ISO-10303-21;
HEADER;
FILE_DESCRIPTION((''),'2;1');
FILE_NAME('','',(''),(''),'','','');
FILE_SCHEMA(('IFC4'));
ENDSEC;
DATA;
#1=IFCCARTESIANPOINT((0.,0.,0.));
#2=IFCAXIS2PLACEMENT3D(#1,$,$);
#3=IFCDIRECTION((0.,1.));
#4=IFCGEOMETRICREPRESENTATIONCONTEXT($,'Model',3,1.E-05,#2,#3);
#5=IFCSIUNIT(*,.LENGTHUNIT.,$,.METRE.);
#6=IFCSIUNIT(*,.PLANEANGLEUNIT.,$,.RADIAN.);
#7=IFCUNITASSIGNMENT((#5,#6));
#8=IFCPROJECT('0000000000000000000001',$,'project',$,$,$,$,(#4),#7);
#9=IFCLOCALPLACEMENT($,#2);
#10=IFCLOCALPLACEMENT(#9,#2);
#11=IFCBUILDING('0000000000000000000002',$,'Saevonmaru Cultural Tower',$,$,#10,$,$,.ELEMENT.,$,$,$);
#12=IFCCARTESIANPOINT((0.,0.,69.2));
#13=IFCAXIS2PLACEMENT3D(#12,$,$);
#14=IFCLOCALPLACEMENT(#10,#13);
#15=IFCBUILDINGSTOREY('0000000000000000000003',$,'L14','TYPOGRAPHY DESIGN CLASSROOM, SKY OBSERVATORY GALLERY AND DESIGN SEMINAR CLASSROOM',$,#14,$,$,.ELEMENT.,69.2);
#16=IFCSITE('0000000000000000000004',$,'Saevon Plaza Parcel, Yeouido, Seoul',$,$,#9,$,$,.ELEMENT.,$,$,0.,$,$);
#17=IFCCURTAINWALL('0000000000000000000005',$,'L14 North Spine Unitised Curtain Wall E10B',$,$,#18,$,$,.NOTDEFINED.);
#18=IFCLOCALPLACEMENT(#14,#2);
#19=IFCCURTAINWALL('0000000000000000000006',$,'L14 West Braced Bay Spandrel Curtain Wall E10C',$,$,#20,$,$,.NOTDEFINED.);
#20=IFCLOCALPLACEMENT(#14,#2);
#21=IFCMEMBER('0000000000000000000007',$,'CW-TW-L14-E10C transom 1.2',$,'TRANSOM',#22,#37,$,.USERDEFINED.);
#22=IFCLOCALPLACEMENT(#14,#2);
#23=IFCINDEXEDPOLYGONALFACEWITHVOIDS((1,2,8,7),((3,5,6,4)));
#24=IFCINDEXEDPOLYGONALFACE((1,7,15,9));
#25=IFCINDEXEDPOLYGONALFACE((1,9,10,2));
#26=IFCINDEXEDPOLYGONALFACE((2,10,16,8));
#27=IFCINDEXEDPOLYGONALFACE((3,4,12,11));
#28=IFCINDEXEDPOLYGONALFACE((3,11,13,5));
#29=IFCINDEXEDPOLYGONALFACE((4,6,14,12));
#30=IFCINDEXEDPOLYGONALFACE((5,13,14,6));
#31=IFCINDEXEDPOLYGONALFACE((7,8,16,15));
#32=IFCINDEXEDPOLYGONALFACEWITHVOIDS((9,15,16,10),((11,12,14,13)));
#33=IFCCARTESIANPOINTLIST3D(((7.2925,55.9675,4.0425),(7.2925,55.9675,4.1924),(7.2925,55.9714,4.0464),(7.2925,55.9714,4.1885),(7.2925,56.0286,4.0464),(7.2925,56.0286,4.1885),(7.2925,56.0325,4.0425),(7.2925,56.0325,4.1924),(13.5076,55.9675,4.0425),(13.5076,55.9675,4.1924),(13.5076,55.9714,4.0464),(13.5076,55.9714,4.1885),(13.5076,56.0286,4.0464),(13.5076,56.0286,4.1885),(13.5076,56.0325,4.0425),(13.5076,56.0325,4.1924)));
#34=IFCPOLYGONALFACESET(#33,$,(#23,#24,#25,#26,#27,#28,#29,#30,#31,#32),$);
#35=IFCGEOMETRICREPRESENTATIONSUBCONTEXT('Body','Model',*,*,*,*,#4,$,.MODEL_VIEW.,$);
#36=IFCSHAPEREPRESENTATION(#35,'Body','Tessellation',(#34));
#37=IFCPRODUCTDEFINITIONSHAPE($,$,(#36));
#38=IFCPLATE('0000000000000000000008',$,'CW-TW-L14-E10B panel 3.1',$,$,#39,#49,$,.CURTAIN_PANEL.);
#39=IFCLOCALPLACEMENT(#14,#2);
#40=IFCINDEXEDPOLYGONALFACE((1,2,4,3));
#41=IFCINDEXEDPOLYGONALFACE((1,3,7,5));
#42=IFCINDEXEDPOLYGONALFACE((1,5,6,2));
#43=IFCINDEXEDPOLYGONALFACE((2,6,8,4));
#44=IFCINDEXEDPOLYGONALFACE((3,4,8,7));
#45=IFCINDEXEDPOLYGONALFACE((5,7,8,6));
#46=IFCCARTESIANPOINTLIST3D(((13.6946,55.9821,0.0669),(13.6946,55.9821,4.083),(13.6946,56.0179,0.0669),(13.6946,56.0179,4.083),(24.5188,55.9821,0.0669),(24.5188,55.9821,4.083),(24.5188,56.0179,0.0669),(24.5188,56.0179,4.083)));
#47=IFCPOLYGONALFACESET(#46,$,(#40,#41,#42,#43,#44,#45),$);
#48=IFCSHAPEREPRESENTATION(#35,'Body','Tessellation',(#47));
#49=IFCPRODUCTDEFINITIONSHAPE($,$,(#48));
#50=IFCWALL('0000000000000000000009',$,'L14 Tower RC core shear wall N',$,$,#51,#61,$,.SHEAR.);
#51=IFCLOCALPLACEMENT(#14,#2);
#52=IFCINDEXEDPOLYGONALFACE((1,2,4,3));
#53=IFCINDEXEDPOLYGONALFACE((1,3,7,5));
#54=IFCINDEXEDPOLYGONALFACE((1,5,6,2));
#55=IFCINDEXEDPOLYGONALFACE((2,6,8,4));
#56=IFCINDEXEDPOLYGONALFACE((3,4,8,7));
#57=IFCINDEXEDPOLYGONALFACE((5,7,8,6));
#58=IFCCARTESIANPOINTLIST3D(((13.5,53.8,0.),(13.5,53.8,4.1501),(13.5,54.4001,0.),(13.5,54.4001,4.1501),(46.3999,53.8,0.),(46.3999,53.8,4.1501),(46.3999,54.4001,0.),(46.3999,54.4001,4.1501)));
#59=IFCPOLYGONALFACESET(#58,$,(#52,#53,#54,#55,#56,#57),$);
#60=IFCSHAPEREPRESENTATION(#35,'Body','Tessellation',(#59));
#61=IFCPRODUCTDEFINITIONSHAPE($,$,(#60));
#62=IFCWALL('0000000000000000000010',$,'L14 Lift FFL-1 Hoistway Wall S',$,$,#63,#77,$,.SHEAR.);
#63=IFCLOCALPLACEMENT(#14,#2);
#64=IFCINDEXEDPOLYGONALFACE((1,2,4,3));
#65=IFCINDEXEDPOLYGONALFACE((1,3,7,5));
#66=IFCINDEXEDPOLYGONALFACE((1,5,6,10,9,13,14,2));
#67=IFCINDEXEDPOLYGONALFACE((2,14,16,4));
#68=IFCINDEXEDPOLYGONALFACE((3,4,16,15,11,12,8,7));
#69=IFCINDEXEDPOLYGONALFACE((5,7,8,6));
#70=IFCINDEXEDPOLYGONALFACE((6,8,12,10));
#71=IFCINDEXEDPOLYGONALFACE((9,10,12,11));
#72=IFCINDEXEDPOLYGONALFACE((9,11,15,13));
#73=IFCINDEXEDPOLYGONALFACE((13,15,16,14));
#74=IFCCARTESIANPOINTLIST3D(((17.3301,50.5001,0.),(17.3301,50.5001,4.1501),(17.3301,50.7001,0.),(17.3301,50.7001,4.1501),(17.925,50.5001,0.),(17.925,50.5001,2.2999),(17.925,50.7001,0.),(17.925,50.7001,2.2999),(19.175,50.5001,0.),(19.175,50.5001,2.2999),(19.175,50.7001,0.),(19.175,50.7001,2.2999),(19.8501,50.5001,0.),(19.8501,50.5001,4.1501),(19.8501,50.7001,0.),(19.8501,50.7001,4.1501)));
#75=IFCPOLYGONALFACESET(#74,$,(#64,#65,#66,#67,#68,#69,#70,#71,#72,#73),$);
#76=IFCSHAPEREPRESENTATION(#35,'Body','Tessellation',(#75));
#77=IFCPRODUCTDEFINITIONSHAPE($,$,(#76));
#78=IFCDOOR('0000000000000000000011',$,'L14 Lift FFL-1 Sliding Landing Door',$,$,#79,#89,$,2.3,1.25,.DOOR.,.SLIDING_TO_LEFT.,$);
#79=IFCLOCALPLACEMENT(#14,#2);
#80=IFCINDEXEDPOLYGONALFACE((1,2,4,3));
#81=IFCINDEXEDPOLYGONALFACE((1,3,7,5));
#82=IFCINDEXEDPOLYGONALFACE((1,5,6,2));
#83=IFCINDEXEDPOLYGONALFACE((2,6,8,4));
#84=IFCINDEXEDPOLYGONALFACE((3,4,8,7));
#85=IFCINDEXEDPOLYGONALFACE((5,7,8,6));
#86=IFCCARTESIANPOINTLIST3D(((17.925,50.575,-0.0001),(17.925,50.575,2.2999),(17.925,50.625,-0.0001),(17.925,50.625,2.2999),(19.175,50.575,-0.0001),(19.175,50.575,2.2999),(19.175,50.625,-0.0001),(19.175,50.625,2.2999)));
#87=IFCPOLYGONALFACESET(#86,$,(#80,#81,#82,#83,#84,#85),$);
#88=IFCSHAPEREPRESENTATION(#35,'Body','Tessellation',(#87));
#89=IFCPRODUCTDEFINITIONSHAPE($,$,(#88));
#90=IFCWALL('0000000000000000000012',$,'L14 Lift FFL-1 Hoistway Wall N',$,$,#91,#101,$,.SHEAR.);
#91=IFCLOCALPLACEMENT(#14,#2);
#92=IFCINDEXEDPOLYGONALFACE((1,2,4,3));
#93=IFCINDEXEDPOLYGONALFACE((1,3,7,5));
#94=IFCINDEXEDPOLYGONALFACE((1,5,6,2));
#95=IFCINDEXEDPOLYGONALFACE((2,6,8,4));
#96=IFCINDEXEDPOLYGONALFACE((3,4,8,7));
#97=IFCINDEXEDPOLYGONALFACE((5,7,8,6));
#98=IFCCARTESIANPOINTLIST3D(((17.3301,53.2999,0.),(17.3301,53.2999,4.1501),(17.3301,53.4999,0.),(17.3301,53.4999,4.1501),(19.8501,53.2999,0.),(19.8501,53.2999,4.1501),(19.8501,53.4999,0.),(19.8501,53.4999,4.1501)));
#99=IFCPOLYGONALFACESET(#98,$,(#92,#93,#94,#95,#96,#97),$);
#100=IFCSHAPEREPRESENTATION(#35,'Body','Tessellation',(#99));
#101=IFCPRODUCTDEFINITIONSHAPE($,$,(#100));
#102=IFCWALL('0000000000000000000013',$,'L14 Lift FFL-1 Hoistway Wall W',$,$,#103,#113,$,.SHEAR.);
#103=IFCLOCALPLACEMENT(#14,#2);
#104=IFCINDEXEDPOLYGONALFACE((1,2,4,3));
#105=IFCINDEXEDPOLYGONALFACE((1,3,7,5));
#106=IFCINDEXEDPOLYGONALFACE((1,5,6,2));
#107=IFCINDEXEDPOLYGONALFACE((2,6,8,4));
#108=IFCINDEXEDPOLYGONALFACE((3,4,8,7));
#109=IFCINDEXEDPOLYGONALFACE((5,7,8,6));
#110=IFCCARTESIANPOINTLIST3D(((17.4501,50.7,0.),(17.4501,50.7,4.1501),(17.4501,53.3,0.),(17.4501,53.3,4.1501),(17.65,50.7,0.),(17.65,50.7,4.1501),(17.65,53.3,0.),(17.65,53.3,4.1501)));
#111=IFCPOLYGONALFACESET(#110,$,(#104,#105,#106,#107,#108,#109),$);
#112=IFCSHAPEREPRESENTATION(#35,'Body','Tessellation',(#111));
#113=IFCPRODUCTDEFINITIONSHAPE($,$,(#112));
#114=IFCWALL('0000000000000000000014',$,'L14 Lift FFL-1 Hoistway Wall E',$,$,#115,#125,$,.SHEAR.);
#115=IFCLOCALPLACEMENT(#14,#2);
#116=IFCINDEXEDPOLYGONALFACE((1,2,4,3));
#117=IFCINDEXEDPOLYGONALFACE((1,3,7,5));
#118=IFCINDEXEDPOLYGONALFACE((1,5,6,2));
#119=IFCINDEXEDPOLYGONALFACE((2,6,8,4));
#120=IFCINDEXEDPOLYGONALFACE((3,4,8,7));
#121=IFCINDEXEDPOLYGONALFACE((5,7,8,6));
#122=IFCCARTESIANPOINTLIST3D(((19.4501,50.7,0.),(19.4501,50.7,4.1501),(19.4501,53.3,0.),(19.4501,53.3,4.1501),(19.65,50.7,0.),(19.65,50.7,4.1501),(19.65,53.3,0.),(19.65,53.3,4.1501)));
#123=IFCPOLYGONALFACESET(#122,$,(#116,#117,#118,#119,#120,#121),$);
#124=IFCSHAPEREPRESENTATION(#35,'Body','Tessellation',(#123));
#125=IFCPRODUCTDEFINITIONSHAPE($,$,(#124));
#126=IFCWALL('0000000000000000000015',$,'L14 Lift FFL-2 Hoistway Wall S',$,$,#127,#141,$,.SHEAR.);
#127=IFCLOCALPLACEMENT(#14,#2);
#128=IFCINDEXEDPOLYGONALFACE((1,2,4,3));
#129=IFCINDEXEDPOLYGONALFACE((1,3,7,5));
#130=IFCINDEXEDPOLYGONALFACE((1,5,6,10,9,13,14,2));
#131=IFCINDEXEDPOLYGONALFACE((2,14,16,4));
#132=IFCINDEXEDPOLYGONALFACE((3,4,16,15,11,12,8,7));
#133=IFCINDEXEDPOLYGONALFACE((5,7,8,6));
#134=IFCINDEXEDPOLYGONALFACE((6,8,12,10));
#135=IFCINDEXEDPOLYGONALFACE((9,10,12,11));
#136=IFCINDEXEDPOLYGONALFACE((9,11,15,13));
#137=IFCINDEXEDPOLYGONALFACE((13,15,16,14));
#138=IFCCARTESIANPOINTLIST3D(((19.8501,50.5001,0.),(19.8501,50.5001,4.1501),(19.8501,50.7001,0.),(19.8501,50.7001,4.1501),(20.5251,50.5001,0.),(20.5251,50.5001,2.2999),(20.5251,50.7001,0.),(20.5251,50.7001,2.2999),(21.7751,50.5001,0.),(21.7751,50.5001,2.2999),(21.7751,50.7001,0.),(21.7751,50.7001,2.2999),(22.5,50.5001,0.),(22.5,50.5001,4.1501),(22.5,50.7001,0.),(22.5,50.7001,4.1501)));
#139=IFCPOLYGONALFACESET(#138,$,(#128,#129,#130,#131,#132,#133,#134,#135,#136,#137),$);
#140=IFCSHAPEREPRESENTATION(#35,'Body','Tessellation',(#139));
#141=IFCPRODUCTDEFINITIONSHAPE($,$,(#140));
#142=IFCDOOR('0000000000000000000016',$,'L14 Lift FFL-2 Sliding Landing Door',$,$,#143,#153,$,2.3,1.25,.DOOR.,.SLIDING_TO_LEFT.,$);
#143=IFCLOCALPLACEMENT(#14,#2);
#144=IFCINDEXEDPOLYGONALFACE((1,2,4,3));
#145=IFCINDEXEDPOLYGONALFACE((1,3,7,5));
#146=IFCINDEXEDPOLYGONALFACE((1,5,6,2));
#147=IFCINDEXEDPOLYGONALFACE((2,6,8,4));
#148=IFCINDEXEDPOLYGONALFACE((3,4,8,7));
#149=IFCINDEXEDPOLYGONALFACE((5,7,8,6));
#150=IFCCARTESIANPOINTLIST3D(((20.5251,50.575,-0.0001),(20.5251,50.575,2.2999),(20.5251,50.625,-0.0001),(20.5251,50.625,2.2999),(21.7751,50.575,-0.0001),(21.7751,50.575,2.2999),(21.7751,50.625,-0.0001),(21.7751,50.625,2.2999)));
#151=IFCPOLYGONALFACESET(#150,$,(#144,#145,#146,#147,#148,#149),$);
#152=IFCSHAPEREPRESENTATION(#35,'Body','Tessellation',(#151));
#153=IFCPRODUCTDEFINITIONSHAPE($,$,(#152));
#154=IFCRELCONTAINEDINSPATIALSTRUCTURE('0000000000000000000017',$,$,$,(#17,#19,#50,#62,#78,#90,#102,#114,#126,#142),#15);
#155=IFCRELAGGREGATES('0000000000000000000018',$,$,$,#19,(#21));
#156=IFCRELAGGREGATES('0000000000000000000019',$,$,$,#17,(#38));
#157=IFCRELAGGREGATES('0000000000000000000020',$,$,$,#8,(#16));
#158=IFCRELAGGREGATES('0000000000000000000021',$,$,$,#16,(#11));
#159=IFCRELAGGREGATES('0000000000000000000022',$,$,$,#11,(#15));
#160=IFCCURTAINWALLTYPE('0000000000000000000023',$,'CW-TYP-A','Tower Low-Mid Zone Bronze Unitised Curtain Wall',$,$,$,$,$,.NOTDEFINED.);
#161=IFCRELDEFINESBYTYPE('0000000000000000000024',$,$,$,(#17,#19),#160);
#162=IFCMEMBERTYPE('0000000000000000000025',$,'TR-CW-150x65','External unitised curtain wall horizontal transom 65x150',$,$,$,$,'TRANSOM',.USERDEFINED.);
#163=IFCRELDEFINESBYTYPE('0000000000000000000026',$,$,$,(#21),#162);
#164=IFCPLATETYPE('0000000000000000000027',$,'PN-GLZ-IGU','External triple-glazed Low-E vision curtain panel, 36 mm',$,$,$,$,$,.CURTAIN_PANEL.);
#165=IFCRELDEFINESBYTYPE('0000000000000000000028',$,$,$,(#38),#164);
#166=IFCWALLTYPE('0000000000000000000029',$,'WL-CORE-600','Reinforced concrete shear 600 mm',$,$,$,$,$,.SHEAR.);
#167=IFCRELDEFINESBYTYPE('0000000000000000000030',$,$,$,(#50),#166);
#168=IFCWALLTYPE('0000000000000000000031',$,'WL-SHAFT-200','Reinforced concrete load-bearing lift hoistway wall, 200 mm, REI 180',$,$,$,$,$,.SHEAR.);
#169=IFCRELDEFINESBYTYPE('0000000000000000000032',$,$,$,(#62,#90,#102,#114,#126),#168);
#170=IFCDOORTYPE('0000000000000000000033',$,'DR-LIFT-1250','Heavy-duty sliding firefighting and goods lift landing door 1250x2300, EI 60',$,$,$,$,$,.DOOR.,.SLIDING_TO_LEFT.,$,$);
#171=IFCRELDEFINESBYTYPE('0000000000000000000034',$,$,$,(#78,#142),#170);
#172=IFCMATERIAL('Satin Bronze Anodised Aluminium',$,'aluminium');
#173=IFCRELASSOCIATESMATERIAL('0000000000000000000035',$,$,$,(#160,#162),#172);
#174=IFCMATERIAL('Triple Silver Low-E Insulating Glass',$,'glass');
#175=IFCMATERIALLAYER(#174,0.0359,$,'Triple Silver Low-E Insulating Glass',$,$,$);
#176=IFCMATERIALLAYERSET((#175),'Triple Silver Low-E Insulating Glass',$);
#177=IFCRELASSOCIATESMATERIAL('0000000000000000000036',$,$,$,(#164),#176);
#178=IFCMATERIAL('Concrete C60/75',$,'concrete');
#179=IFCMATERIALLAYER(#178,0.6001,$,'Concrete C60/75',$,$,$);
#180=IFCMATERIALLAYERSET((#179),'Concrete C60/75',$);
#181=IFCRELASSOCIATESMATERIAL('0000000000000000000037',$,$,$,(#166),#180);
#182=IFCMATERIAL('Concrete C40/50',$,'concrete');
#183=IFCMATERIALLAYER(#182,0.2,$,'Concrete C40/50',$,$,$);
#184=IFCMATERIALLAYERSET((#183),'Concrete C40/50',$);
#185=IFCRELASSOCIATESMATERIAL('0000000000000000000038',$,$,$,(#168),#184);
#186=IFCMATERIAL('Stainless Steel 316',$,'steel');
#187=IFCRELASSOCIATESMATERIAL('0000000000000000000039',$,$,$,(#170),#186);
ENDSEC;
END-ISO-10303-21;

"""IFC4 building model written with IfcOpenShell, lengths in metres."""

from ifc_helpers import new_model, si_unit, direction, frame, frame_2d, origin, origin_2d, place, context, subcontext, project, spatial, rectangle, hollow_rectangle, extrude, material, layer, layer_set, material_profile, profile_set, type_object, element, fill, aggregate, save


model = new_model("IFC4")

# Units and contexts
model_context = context("Model", 3, precision=1e-05, world=origin(), true_north=direction((0.0, 1.0)))
body_context = subcontext(model_context, "Body", "Model", "MODEL_VIEW")
ifc_project = project(units=[si_unit("LENGTHUNIT", "METRE"), si_unit("PLANEANGLEUNIT", "RADIAN")], contexts=[model_context])

# Site, building, storey
site_placement = place(None, origin())
site = spatial("IfcSite", under=ifc_project, at=site_placement, Name="Saevon Plaza Parcel, Yeouido, Seoul", CompositionType="ELEMENT", RefElevation=0.0)
building_placement = place(site_placement, origin())
building = spatial("IfcBuilding", under=site, at=building_placement, Name="Saevonmaru Cultural Tower", CompositionType="ELEMENT")
storey_placement = place(building_placement, frame((0.0, 0.0, 69.2)))
storey = spatial("IfcBuildingStorey", under=building, at=storey_placement, Name="L14", Description="TYPOGRAPHY DESIGN CLASSROOM, SKY OBSERVATORY GALLERY AND DESIGN SEMINAR CLASSROOM", CompositionType="ELEMENT", Elevation=69.2)

# Curtain wall
ifc_material_1 = material(Name="Satin Bronze Anodised Aluminium", Category="aluminium")
curtain_wall_type = type_object("IfcCurtainWallType", Name="CW-TYP-A", Description="Tower Low-Mid Zone Bronze Unitised Curtain Wall", PredefinedType="NOTDEFINED", material=ifc_material_1)
curtain_wall_1_placement = place(storey_placement, origin())
curtain_wall_1 = element("IfcCurtainWall", 1, at=curtain_wall_1_placement, inside=storey, type_object=curtain_wall_type, Name="L14 North Spine Unitised Curtain Wall E10B", PredefinedType="NOTDEFINED")

# Curtain wall, member
curtain_wall_2_placement = place(storey_placement, origin())
curtain_wall_2 = element("IfcCurtainWall", 2, at=curtain_wall_2_placement, inside=storey, type_object=curtain_wall_type, Name="L14 West Braced Bay Spandrel Curtain Wall E10C", PredefinedType="NOTDEFINED")
ifc_material_profile_1 = material_profile(ifc_material_1, hollow_rectangle(XDim=0.0649, YDim=0.1499, WallThickness=0.0039, at=origin_2d()), Name="ALU-TRAN-150x65x4")
ifc_profile_set_1 = profile_set([ifc_material_profile_1], Name="Satin Bronze Anodised Aluminium")
member_type_1 = type_object("IfcMemberType", Name="TR-CW-150x65", Description="External unitised curtain wall horizontal transom 65x150", ElementType="TRANSOM", PredefinedType="USERDEFINED", material=ifc_profile_set_1)
member_1_placement = place(storey_placement, frame((13.5076, 56.0, 4.1174), z_axis=(-1.0, 0.0, 0.0), x_axis=(0.0, -1.0, 0.0)))
member_1 = element("IfcMember", 3, at=member_1_placement, type_object=member_type_1, Name="CW-TW-L14-E10C transom 1.2", ObjectType="TRANSOM", PredefinedType="USERDEFINED", context=body_context, shape_type="SweptSolid", body=[
    extrude(hollow_rectangle(XDim=0.0649, YDim=0.1499, WallThickness=0.0039, at=origin_2d()), origin(), (0.0, 0.0, 1.0), 6.2151),
])
aggregate(curtain_wall_2, [member_1])

# Plate
ifc_material_2 = material(Name="Triple Silver Low-E Insulating Glass", Category="glass")
ifc_layer_1 = layer(ifc_material_2, 0.0359, Name="Triple Silver Low-E Insulating Glass")
ifc_layer_set_1 = layer_set([ifc_layer_1], Name="Triple Silver Low-E Insulating Glass")
plate_type = type_object("IfcPlateType", Name="PN-GLZ-IGU", Description="External triple-glazed Low-E vision curtain panel, 36 mm", PredefinedType="CURTAIN_PANEL", material=ifc_layer_set_1)
plate_placement = place(storey_placement, frame((19.1067, 56.0, 0.0669), z_axis=(0.0, 0.0, 1.0), x_axis=(-1.0, 0.0, 0.0)))
plate = element("IfcPlate", 4, at=plate_placement, type_object=plate_type, Name="CW-TW-L14-E10B panel 3.1", PredefinedType="CURTAIN_PANEL", context=body_context, shape_type="SweptSolid", body=[
    extrude(rectangle(XDim=10.8242, YDim=0.0359, at=origin_2d()), origin(), (0.0, 0.0, 1.0), 4.0161),
])
aggregate(curtain_wall_1, [plate])

# Wall
ifc_material_3 = material(Name="Concrete C60/75", Category="concrete")
ifc_layer_2 = layer(ifc_material_3, 0.6001, Name="Concrete C60/75")
ifc_layer_set_2 = layer_set([ifc_layer_2], Name="Concrete C60/75")
wall_type_1 = type_object("IfcWallType", Name="WL-CORE-600", Description="Reinforced concrete shear 600 mm", PredefinedType="SHEAR", material=ifc_layer_set_2)
wall_1_placement = place(storey_placement, frame((13.5, 54.1001, 0.0), z_axis=(0.0, 0.0, 1.0), x_axis=(1.0, 0.0, 0.0)))
element("IfcWall", 5, at=wall_1_placement, inside=storey, type_object=wall_type_1, Name="L14 Tower RC core shear wall N", PredefinedType="SHEAR", context=body_context, shape_type="SweptSolid", body=[
    extrude(rectangle(XDim=32.8999, YDim=0.6001, at=frame_2d((16.45, 0.0))), origin(), (0.0, 0.0, 1.0), 4.1501),
])

# Wall, opening, door
ifc_material_4 = material(Name="Concrete C40/50", Category="concrete")
ifc_layer_3 = layer(ifc_material_4, 0.2, Name="Concrete C40/50")
ifc_layer_set_3 = layer_set([ifc_layer_3], Name="Concrete C40/50")
wall_type_2 = type_object("IfcWallType", Name="WL-SHAFT-200", Description="Reinforced concrete load-bearing lift hoistway wall, 200 mm, REI 180", PredefinedType="SHEAR", material=ifc_layer_set_3)
wall_2_placement = place(storey_placement, frame((17.3301, 50.6001, 0.0), z_axis=(0.0, 0.0, 1.0), x_axis=(1.0, 0.0, 0.0)))
wall_2 = element("IfcWall", 6, at=wall_2_placement, inside=storey, type_object=wall_type_2, Name="L14 Lift FFL-1 Hoistway Wall S", PredefinedType="SHEAR", context=body_context, shape_type="SweptSolid", body=[
    extrude(rectangle(XDim=2.52, YDim=0.2, at=frame_2d((1.26, 0.0))), origin(), (0.0, 0.0, 1.0), 4.1501),
])
opening_1_placement = place(wall_2_placement, frame((0.595, 0.0, 0.0)))
opening_1 = element("IfcOpeningElement", 7, at=opening_1_placement, cuts=wall_2, PredefinedType="OPENING", context=body_context, shape_type="SweptSolid", body=[
    extrude(rectangle(XDim=1.25, YDim=2.3, at=frame_2d((0.625, 1.1499))), frame((0.0, 0.1099, 0.0), z_axis=(0.0, -1.0, 0.0), x_axis=(1.0, 0.0, 0.0)), (0.0, 0.0, 1.0), 0.22),
])
ifc_material_5 = material(Name="Stainless Steel 316", Category="steel")
door_type = type_object("IfcDoorType", Name="DR-LIFT-1250", Description="Heavy-duty sliding firefighting and goods lift landing door 1250x2300, EI 60", OperationType="SLIDING_TO_LEFT", PredefinedType="DOOR", material=ifc_material_5)
door_1_placement = place(opening_1_placement, origin())
door_1 = element("IfcDoor", 8, at=door_1_placement, inside=storey, type_object=door_type, Name="L14 Lift FFL-1 Sliding Landing Door", OperationType="SLIDING_TO_LEFT", OverallHeight=2.3, OverallWidth=1.25, PredefinedType="DOOR", context=body_context, shape_type="SweptSolid", body=[
    extrude(rectangle(XDim=1.25, YDim=2.3, at=frame_2d((0.625, 1.1499))), frame((0.0, 0.0249, 0.0), z_axis=(0.0, -1.0, 0.0), x_axis=(1.0, 0.0, 0.0)), (0.0, 0.0, 1.0), 0.05),
])
fill(opening_1, door_1)

# Walls
wall_3_placement = place(storey_placement, frame((17.3301, 53.3999, 0.0), z_axis=(0.0, 0.0, 1.0), x_axis=(1.0, 0.0, 0.0)))
element("IfcWall", 9, at=wall_3_placement, inside=storey, type_object=wall_type_2, Name="L14 Lift FFL-1 Hoistway Wall N", PredefinedType="SHEAR", context=body_context, shape_type="SweptSolid", body=[
    extrude(rectangle(XDim=2.52, YDim=0.2, at=frame_2d((1.26, 0.0))), origin(), (0.0, 0.0, 1.0), 4.1501),
])
for number, where, z_axis, x_axis, name in (
    (10, (17.55, 50.7, 0.0), (0.0, 0.0, 1.0), (0.0, 1.0, 0.0), "L14 Lift FFL-1 Hoistway Wall W"),
    (11, (19.55, 50.7, 0.0), (0.0, 0.0, 1.0), (0.0, 1.0, 0.0), "L14 Lift FFL-1 Hoistway Wall E"),
):
    element("IfcWall", number, at=place(storey_placement, frame(where, z_axis=z_axis, x_axis=x_axis)), inside=storey, type_object=wall_type_2, Name=name, PredefinedType="SHEAR", context=body_context, shape_type="SweptSolid", body=[
        extrude(rectangle(XDim=2.6001, YDim=0.2, at=frame_2d((1.3, 0.0))), origin(), (0.0, 0.0, 1.0), 4.1501),
    ])

# Wall, opening, door
wall_4_placement = place(storey_placement, frame((19.8501, 50.6001, 0.0), z_axis=(0.0, 0.0, 1.0), x_axis=(1.0, 0.0, 0.0)))
wall_4 = element("IfcWall", 12, at=wall_4_placement, inside=storey, type_object=wall_type_2, Name="L14 Lift FFL-2 Hoistway Wall S", PredefinedType="SHEAR", context=body_context, shape_type="SweptSolid", body=[
    extrude(rectangle(XDim=2.6499, YDim=0.2, at=frame_2d((1.325, 0.0))), origin(), (0.0, 0.0, 1.0), 4.1501),
])
opening_2_placement = place(wall_4_placement, frame((0.675, 0.0, 0.0)))
opening_2 = element("IfcOpeningElement", 13, at=opening_2_placement, cuts=wall_4, PredefinedType="OPENING", context=body_context, shape_type="SweptSolid", body=[
    extrude(rectangle(XDim=1.25, YDim=2.3, at=frame_2d((0.625, 1.1499))), frame((0.0, 0.1099, 0.0), z_axis=(0.0, -1.0, 0.0), x_axis=(1.0, 0.0, 0.0)), (0.0, 0.0, 1.0), 0.22),
])
door_2_placement = place(opening_2_placement, origin())
door_2 = element("IfcDoor", 14, at=door_2_placement, inside=storey, type_object=door_type, Name="L14 Lift FFL-2 Sliding Landing Door", OperationType="SLIDING_TO_LEFT", OverallHeight=2.3, OverallWidth=1.25, PredefinedType="DOOR", context=body_context, shape_type="SweptSolid", body=[
    extrude(rectangle(XDim=1.25, YDim=2.3, at=frame_2d((0.625, 1.1499))), frame((0.0, 0.0249, 0.0), z_axis=(0.0, -1.0, 0.0), x_axis=(1.0, 0.0, 0.0)), (0.0, 0.0, 1.0), 0.05),
])
fill(opening_2, door_2)

save(model, "model.ifc")
